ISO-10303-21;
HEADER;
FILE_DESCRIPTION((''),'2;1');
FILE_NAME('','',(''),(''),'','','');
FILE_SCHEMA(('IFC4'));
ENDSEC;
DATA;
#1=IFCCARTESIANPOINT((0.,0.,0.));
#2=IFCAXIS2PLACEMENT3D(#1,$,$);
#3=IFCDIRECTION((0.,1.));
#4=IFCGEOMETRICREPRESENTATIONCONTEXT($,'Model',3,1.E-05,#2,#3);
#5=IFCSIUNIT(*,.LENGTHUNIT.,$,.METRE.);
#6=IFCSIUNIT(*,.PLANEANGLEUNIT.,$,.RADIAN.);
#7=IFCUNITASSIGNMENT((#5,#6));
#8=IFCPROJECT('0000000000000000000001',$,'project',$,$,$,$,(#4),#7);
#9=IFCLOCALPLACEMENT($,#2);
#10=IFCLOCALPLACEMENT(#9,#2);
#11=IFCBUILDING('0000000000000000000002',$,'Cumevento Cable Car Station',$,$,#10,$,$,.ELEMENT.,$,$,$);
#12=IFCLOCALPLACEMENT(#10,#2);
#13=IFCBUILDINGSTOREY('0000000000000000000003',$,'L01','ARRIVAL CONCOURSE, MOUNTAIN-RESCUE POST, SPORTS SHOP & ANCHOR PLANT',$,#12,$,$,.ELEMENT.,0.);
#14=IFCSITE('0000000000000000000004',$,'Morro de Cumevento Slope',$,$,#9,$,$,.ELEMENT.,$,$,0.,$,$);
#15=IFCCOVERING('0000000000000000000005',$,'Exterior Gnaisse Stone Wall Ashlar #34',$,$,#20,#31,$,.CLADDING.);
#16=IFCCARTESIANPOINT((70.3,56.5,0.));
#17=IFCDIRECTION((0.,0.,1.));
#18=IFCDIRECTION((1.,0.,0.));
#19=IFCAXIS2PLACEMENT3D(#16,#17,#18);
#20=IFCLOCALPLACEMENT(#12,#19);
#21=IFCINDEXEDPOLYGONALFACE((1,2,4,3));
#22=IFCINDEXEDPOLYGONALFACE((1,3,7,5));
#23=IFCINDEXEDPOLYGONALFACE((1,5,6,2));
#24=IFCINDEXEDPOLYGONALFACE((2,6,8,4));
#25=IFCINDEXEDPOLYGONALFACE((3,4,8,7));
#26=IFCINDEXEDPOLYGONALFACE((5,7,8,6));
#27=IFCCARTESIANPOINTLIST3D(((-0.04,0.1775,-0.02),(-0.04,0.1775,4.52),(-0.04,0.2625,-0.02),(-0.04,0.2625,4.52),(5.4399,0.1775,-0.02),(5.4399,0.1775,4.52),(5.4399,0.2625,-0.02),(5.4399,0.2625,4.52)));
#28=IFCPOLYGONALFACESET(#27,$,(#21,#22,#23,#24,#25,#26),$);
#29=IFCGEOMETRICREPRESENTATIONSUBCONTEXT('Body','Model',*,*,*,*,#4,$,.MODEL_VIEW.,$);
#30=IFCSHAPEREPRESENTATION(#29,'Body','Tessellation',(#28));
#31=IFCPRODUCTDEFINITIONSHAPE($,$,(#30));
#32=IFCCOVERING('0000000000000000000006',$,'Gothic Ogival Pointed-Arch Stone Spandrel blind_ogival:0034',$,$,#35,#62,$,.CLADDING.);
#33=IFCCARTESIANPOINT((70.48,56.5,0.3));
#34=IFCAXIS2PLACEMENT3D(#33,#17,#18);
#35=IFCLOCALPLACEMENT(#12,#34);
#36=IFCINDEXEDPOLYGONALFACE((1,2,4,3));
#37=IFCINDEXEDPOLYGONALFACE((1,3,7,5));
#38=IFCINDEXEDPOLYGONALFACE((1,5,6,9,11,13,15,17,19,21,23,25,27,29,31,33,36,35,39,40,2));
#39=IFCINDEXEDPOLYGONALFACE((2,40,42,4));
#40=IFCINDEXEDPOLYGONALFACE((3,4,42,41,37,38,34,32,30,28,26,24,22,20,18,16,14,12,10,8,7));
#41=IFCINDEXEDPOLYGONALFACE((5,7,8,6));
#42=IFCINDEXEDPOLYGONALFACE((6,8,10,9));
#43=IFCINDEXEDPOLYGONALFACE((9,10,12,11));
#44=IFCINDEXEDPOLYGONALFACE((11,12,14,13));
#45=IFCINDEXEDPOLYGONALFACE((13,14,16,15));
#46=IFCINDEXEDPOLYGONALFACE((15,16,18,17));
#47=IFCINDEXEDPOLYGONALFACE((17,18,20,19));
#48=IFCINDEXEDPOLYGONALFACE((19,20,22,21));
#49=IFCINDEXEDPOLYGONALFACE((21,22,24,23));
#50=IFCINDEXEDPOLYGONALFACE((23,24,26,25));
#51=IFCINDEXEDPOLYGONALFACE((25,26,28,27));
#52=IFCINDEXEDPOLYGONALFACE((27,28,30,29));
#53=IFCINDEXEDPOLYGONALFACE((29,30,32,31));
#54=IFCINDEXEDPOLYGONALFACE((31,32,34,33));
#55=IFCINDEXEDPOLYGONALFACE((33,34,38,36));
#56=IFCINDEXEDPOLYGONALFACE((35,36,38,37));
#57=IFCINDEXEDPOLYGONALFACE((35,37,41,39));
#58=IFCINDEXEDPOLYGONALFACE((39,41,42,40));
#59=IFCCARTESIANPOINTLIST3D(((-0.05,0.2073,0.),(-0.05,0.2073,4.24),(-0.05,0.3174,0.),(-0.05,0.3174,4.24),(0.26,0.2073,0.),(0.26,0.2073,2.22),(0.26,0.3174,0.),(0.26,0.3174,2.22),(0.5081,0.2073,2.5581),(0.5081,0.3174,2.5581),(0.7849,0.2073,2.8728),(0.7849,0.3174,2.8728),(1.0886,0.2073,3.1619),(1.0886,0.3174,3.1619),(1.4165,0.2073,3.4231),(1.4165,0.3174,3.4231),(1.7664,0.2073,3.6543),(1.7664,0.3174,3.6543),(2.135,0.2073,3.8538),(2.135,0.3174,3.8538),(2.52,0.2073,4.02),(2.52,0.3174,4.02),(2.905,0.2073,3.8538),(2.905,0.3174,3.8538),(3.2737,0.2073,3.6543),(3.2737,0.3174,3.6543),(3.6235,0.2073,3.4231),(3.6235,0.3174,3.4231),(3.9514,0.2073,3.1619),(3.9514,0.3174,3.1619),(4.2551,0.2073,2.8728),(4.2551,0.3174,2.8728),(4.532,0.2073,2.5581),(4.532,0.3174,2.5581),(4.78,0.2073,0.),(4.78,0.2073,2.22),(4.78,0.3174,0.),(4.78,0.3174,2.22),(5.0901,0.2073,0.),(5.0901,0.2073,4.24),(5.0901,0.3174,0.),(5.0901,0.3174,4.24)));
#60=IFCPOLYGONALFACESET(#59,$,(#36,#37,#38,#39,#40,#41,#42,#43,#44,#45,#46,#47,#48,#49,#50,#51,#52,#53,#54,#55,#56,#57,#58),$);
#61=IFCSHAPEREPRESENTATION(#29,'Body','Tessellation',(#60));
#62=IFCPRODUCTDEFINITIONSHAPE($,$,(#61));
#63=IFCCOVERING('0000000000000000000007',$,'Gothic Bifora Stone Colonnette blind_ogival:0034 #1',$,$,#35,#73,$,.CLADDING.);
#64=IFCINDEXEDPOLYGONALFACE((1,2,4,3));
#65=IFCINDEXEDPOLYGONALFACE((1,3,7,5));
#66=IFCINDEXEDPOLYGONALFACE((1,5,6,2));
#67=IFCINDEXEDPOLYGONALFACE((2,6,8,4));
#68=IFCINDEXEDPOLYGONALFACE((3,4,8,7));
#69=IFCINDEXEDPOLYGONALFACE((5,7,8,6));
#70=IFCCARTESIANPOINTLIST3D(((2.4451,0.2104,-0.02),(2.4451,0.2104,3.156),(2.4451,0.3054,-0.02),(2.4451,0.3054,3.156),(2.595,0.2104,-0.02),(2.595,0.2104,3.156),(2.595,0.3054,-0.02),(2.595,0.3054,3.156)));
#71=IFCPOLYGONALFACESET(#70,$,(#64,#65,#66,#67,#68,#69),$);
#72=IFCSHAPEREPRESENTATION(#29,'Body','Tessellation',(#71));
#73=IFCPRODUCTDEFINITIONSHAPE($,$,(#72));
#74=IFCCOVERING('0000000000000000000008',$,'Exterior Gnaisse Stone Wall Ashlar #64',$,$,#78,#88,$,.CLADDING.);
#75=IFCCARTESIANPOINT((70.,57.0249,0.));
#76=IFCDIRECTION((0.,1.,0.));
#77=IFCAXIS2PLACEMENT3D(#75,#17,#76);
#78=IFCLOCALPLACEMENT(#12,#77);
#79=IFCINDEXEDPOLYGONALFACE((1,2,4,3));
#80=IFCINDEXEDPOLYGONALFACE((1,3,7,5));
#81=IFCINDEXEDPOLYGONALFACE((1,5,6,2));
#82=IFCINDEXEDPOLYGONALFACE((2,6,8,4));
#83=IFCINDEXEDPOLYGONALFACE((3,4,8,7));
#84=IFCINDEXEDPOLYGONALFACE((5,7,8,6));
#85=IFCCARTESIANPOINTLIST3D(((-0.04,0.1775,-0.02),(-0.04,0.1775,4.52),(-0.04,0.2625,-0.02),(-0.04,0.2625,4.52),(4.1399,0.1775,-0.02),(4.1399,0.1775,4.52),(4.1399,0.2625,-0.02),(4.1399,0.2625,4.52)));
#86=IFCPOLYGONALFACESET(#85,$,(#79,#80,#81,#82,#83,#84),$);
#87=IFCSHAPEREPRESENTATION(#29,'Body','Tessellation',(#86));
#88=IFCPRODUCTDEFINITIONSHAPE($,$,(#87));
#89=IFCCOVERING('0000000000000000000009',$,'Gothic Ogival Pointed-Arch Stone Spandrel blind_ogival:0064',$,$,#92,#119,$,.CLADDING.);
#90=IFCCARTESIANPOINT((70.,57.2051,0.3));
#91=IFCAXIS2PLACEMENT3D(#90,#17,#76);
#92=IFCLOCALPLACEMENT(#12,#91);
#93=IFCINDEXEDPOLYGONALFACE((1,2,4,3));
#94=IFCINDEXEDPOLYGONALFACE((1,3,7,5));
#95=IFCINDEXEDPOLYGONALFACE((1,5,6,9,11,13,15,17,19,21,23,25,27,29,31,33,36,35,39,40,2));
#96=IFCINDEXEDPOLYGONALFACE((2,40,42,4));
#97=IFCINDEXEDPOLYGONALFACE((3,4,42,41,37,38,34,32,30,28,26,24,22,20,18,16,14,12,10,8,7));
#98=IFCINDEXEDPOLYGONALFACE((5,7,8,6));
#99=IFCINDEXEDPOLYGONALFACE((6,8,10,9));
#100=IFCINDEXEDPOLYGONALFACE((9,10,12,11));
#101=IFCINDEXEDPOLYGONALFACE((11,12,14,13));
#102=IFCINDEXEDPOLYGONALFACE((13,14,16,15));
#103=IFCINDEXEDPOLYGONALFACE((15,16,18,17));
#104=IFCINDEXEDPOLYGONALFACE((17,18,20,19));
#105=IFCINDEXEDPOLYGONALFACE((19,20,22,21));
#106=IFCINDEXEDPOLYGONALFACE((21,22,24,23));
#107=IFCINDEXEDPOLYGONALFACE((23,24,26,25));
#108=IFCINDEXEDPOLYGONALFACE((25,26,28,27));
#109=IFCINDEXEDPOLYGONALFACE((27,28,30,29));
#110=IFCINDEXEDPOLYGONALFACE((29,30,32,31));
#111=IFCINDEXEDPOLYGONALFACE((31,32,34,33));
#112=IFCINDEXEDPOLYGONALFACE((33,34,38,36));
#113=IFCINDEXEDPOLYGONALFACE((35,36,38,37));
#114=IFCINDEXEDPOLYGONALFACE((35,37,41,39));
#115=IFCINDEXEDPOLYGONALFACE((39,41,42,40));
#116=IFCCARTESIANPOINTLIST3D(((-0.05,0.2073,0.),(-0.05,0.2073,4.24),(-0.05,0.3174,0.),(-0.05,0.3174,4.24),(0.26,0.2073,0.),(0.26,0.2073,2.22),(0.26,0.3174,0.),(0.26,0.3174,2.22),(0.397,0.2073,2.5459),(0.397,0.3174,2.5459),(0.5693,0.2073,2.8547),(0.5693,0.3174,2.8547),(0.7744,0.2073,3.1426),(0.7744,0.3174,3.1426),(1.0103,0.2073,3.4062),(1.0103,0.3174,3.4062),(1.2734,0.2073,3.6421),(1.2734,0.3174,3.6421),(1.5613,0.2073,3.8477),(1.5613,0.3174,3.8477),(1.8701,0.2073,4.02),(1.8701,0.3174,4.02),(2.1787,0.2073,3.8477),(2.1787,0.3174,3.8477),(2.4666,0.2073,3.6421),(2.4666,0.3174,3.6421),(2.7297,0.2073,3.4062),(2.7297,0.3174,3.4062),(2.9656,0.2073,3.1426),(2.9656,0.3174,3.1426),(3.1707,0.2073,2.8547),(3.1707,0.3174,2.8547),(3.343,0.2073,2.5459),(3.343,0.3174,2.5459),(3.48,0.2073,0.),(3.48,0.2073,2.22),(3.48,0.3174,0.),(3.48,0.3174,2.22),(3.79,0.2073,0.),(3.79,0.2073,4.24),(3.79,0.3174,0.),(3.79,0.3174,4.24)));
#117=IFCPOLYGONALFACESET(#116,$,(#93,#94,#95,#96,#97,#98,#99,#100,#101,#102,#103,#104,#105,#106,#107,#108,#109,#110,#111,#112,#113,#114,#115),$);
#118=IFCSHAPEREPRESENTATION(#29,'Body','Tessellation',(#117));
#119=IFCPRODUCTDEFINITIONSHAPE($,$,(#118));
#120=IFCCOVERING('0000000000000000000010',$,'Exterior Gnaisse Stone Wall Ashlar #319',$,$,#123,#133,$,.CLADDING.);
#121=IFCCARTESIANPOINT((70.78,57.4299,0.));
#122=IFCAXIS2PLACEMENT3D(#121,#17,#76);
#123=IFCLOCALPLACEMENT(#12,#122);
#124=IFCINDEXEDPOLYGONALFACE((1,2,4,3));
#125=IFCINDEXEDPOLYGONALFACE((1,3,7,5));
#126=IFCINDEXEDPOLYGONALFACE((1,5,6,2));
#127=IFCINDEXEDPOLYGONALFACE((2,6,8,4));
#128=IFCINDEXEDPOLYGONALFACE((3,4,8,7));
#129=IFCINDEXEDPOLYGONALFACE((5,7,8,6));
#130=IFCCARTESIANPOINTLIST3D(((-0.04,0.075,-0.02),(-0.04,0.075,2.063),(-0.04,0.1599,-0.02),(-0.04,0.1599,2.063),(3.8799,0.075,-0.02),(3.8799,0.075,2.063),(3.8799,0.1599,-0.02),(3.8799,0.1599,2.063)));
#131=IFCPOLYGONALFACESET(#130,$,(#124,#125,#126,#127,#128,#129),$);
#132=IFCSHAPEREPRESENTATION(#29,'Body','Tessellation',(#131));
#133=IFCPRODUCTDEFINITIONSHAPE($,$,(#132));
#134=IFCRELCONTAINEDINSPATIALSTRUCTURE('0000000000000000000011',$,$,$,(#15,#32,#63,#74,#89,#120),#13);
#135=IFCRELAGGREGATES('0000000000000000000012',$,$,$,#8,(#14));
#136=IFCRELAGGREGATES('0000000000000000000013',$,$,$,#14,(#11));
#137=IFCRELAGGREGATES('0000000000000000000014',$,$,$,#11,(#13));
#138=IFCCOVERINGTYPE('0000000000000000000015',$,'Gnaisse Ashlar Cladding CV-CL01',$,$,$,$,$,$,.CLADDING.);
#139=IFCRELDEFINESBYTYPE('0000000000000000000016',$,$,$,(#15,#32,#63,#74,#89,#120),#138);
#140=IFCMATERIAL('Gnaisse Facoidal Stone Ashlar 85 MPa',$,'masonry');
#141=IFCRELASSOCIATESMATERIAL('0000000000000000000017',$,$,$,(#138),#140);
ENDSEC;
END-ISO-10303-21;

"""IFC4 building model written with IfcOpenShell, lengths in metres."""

from ifc_helpers import new_model, si_unit, direction, frame, origin, place, context, subcontext, project, spatial, polyline, outline, extrude, material, type_object, element, save


model = new_model("IFC4")

# Units and contexts
model_context = context("Model", 3, precision=1e-05, world=origin(), true_north=direction((0.0, 1.0)))
body_context = subcontext(model_context, "Body", "Model", "MODEL_VIEW")
ifc_project = project(units=[si_unit("LENGTHUNIT", "METRE"), si_unit("PLANEANGLEUNIT", "RADIAN")], contexts=[model_context])

# Site, building, storey
site_placement = place(None, origin())
site = spatial("IfcSite", under=ifc_project, at=site_placement, Name="Morro de Cumevento Slope", CompositionType="ELEMENT", RefElevation=0.0)
building_placement = place(site_placement, origin())
building = spatial("IfcBuilding", under=site, at=building_placement, Name="Cumevento Cable Car Station", CompositionType="ELEMENT")
storey_placement = place(building_placement, origin())
storey = spatial("IfcBuildingStorey", under=building, at=storey_placement, Name="L01", Description="ARRIVAL CONCOURSE, MOUNTAIN-RESCUE POST, SPORTS SHOP & ANCHOR PLANT", CompositionType="ELEMENT", Elevation=0.0)

# Coverings
ifc_material_1 = material(Name="Gnaisse Facoidal Stone Ashlar 85 MPa", Category="masonry")
covering_type = type_object("IfcCoveringType", Name="Gnaisse Ashlar Cladding CV-CL01", PredefinedType="CLADDING", material=ifc_material_1)
covering_1_placement = place(storey_placement, frame((70.3, 56.5, 0.0), z_axis=(0.0, 0.0, 1.0), x_axis=(1.0, 0.0, 0.0)))
element("IfcCovering", 1, at=covering_1_placement, inside=storey, type_object=covering_type, Name="Exterior Gnaisse Stone Wall Ashlar #34", PredefinedType="CLADDING", context=body_context, shape_type="SweptSolid", body=[
    extrude(outline(polyline([(-0.04, -0.02), (5.4399, -0.02), (5.4399, 4.52), (-0.04, 4.52), (-0.04, -0.02)])), frame((0.0, 0.2625, 0.0), z_axis=(0.0, -1.0, 0.0), x_axis=(1.0, 0.0, 0.0)), (0.0, 0.0, 1.0), 0.085),
])
placement = place(storey_placement, frame((70.48, 56.5, 0.3), z_axis=(0.0, 0.0, 1.0), x_axis=(1.0, 0.0, 0.0)))
element("IfcCovering", 2, at=placement, inside=storey, type_object=covering_type, Name="Gothic Ogival Pointed-Arch Stone Spandrel blind_ogival:0034", PredefinedType="CLADDING", context=body_context, shape_type="SweptSolid", body=[
    extrude(outline(polyline([(-0.05, 0.0), (-0.05, 4.24), (5.0901, 4.24), (5.0901, 0.0), (4.78, 0.0), (4.78, 2.22), (4.532, 2.5581), (4.2551, 2.8728), (3.9514, 3.1619), (3.6235, 3.4231), (3.2737, 3.6543), (2.905, 3.8538), (2.52, 4.02), (2.135, 3.8538), (1.7664, 3.6543), (1.4165, 3.4231), (1.0886, 3.1619), (0.7849, 2.8728), (0.5081, 2.5581), (0.26, 2.22), (0.26, 0.0), (-0.05, 0.0)])), frame((0.0, 0.3174, 0.0), z_axis=(0.0, -1.0, 0.0), x_axis=(1.0, 0.0, 0.0)), (0.0, 0.0, 1.0), 0.1101),
])
element("IfcCovering", 3, at=placement, inside=storey, type_object=covering_type, Name="Gothic Bifora Stone Colonnette blind_ogival:0034 #1", PredefinedType="CLADDING", context=body_context, shape_type="SweptSolid", body=[
    extrude(outline(polyline([(2.4451, -0.02), (2.595, -0.02), (2.595, 3.156), (2.4451, 3.156), (2.4451, -0.02)])), frame((0.0, 0.3054, 0.0), z_axis=(0.0, -1.0, 0.0), x_axis=(1.0, 0.0, 0.0)), (0.0, 0.0, 1.0), 0.095),
])
covering_2_placement = place(storey_placement, frame((70.0, 57.0249, 0.0), z_axis=(0.0, 0.0, 1.0), x_axis=(0.0, 1.0, 0.0)))
element("IfcCovering", 4, at=covering_2_placement, inside=storey, type_object=covering_type, Name="Exterior Gnaisse Stone Wall Ashlar #64", PredefinedType="CLADDING", context=body_context, shape_type="SweptSolid", body=[
    extrude(outline(polyline([(-0.04, -0.02), (4.1399, -0.02), (4.1399, 4.52), (-0.04, 4.52), (-0.04, -0.02)])), frame((0.0, 0.2625, 0.0), z_axis=(0.0, -1.0, 0.0), x_axis=(1.0, 0.0, 0.0)), (0.0, 0.0, 1.0), 0.085),
])
covering_3_placement = place(storey_placement, frame((70.0, 57.2051, 0.3), z_axis=(0.0, 0.0, 1.0), x_axis=(0.0, 1.0, 0.0)))
element("IfcCovering", 5, at=covering_3_placement, inside=storey, type_object=covering_type, Name="Gothic Ogival Pointed-Arch Stone Spandrel blind_ogival:0064", PredefinedType="CLADDING", context=body_context, shape_type="SweptSolid", body=[
    extrude(outline(polyline([(-0.05, 0.0), (-0.05, 4.24), (3.79, 4.24), (3.79, 0.0), (3.48, 0.0), (3.48, 2.22), (3.343, 2.5459), (3.1707, 2.8547), (2.9656, 3.1426), (2.7297, 3.4062), (2.4666, 3.6421), (2.1787, 3.8477), (1.8701, 4.02), (1.5613, 3.8477), (1.2734, 3.6421), (1.0103, 3.4062), (0.7744, 3.1426), (0.5693, 2.8547), (0.397, 2.5459), (0.26, 2.22), (0.26, 0.0), (-0.05, 0.0)])), frame((0.0, 0.3174, 0.0), z_axis=(0.0, -1.0, 0.0), x_axis=(1.0, 0.0, 0.0)), (0.0, 0.0, 1.0), 0.1101),
])
covering_4_placement = place(storey_placement, frame((70.78, 57.4299, 0.0), z_axis=(0.0, 0.0, 1.0), x_axis=(0.0, 1.0, 0.0)))
element("IfcCovering", 6, at=covering_4_placement, inside=storey, type_object=covering_type, Name="Exterior Gnaisse Stone Wall Ashlar #319", PredefinedType="CLADDING", context=body_context, shape_type="SweptSolid", body=[
    extrude(outline(polyline([(-0.04, -0.02), (3.8799, -0.02), (3.8799, 2.063), (-0.04, 2.063), (-0.04, -0.02)])), frame((0.0, 0.1599, 0.0), z_axis=(0.0, -1.0, 0.0), x_axis=(1.0, 0.0, 0.0)), (0.0, 0.0, 1.0), 0.085),
])

save(model, "model.ifc")
